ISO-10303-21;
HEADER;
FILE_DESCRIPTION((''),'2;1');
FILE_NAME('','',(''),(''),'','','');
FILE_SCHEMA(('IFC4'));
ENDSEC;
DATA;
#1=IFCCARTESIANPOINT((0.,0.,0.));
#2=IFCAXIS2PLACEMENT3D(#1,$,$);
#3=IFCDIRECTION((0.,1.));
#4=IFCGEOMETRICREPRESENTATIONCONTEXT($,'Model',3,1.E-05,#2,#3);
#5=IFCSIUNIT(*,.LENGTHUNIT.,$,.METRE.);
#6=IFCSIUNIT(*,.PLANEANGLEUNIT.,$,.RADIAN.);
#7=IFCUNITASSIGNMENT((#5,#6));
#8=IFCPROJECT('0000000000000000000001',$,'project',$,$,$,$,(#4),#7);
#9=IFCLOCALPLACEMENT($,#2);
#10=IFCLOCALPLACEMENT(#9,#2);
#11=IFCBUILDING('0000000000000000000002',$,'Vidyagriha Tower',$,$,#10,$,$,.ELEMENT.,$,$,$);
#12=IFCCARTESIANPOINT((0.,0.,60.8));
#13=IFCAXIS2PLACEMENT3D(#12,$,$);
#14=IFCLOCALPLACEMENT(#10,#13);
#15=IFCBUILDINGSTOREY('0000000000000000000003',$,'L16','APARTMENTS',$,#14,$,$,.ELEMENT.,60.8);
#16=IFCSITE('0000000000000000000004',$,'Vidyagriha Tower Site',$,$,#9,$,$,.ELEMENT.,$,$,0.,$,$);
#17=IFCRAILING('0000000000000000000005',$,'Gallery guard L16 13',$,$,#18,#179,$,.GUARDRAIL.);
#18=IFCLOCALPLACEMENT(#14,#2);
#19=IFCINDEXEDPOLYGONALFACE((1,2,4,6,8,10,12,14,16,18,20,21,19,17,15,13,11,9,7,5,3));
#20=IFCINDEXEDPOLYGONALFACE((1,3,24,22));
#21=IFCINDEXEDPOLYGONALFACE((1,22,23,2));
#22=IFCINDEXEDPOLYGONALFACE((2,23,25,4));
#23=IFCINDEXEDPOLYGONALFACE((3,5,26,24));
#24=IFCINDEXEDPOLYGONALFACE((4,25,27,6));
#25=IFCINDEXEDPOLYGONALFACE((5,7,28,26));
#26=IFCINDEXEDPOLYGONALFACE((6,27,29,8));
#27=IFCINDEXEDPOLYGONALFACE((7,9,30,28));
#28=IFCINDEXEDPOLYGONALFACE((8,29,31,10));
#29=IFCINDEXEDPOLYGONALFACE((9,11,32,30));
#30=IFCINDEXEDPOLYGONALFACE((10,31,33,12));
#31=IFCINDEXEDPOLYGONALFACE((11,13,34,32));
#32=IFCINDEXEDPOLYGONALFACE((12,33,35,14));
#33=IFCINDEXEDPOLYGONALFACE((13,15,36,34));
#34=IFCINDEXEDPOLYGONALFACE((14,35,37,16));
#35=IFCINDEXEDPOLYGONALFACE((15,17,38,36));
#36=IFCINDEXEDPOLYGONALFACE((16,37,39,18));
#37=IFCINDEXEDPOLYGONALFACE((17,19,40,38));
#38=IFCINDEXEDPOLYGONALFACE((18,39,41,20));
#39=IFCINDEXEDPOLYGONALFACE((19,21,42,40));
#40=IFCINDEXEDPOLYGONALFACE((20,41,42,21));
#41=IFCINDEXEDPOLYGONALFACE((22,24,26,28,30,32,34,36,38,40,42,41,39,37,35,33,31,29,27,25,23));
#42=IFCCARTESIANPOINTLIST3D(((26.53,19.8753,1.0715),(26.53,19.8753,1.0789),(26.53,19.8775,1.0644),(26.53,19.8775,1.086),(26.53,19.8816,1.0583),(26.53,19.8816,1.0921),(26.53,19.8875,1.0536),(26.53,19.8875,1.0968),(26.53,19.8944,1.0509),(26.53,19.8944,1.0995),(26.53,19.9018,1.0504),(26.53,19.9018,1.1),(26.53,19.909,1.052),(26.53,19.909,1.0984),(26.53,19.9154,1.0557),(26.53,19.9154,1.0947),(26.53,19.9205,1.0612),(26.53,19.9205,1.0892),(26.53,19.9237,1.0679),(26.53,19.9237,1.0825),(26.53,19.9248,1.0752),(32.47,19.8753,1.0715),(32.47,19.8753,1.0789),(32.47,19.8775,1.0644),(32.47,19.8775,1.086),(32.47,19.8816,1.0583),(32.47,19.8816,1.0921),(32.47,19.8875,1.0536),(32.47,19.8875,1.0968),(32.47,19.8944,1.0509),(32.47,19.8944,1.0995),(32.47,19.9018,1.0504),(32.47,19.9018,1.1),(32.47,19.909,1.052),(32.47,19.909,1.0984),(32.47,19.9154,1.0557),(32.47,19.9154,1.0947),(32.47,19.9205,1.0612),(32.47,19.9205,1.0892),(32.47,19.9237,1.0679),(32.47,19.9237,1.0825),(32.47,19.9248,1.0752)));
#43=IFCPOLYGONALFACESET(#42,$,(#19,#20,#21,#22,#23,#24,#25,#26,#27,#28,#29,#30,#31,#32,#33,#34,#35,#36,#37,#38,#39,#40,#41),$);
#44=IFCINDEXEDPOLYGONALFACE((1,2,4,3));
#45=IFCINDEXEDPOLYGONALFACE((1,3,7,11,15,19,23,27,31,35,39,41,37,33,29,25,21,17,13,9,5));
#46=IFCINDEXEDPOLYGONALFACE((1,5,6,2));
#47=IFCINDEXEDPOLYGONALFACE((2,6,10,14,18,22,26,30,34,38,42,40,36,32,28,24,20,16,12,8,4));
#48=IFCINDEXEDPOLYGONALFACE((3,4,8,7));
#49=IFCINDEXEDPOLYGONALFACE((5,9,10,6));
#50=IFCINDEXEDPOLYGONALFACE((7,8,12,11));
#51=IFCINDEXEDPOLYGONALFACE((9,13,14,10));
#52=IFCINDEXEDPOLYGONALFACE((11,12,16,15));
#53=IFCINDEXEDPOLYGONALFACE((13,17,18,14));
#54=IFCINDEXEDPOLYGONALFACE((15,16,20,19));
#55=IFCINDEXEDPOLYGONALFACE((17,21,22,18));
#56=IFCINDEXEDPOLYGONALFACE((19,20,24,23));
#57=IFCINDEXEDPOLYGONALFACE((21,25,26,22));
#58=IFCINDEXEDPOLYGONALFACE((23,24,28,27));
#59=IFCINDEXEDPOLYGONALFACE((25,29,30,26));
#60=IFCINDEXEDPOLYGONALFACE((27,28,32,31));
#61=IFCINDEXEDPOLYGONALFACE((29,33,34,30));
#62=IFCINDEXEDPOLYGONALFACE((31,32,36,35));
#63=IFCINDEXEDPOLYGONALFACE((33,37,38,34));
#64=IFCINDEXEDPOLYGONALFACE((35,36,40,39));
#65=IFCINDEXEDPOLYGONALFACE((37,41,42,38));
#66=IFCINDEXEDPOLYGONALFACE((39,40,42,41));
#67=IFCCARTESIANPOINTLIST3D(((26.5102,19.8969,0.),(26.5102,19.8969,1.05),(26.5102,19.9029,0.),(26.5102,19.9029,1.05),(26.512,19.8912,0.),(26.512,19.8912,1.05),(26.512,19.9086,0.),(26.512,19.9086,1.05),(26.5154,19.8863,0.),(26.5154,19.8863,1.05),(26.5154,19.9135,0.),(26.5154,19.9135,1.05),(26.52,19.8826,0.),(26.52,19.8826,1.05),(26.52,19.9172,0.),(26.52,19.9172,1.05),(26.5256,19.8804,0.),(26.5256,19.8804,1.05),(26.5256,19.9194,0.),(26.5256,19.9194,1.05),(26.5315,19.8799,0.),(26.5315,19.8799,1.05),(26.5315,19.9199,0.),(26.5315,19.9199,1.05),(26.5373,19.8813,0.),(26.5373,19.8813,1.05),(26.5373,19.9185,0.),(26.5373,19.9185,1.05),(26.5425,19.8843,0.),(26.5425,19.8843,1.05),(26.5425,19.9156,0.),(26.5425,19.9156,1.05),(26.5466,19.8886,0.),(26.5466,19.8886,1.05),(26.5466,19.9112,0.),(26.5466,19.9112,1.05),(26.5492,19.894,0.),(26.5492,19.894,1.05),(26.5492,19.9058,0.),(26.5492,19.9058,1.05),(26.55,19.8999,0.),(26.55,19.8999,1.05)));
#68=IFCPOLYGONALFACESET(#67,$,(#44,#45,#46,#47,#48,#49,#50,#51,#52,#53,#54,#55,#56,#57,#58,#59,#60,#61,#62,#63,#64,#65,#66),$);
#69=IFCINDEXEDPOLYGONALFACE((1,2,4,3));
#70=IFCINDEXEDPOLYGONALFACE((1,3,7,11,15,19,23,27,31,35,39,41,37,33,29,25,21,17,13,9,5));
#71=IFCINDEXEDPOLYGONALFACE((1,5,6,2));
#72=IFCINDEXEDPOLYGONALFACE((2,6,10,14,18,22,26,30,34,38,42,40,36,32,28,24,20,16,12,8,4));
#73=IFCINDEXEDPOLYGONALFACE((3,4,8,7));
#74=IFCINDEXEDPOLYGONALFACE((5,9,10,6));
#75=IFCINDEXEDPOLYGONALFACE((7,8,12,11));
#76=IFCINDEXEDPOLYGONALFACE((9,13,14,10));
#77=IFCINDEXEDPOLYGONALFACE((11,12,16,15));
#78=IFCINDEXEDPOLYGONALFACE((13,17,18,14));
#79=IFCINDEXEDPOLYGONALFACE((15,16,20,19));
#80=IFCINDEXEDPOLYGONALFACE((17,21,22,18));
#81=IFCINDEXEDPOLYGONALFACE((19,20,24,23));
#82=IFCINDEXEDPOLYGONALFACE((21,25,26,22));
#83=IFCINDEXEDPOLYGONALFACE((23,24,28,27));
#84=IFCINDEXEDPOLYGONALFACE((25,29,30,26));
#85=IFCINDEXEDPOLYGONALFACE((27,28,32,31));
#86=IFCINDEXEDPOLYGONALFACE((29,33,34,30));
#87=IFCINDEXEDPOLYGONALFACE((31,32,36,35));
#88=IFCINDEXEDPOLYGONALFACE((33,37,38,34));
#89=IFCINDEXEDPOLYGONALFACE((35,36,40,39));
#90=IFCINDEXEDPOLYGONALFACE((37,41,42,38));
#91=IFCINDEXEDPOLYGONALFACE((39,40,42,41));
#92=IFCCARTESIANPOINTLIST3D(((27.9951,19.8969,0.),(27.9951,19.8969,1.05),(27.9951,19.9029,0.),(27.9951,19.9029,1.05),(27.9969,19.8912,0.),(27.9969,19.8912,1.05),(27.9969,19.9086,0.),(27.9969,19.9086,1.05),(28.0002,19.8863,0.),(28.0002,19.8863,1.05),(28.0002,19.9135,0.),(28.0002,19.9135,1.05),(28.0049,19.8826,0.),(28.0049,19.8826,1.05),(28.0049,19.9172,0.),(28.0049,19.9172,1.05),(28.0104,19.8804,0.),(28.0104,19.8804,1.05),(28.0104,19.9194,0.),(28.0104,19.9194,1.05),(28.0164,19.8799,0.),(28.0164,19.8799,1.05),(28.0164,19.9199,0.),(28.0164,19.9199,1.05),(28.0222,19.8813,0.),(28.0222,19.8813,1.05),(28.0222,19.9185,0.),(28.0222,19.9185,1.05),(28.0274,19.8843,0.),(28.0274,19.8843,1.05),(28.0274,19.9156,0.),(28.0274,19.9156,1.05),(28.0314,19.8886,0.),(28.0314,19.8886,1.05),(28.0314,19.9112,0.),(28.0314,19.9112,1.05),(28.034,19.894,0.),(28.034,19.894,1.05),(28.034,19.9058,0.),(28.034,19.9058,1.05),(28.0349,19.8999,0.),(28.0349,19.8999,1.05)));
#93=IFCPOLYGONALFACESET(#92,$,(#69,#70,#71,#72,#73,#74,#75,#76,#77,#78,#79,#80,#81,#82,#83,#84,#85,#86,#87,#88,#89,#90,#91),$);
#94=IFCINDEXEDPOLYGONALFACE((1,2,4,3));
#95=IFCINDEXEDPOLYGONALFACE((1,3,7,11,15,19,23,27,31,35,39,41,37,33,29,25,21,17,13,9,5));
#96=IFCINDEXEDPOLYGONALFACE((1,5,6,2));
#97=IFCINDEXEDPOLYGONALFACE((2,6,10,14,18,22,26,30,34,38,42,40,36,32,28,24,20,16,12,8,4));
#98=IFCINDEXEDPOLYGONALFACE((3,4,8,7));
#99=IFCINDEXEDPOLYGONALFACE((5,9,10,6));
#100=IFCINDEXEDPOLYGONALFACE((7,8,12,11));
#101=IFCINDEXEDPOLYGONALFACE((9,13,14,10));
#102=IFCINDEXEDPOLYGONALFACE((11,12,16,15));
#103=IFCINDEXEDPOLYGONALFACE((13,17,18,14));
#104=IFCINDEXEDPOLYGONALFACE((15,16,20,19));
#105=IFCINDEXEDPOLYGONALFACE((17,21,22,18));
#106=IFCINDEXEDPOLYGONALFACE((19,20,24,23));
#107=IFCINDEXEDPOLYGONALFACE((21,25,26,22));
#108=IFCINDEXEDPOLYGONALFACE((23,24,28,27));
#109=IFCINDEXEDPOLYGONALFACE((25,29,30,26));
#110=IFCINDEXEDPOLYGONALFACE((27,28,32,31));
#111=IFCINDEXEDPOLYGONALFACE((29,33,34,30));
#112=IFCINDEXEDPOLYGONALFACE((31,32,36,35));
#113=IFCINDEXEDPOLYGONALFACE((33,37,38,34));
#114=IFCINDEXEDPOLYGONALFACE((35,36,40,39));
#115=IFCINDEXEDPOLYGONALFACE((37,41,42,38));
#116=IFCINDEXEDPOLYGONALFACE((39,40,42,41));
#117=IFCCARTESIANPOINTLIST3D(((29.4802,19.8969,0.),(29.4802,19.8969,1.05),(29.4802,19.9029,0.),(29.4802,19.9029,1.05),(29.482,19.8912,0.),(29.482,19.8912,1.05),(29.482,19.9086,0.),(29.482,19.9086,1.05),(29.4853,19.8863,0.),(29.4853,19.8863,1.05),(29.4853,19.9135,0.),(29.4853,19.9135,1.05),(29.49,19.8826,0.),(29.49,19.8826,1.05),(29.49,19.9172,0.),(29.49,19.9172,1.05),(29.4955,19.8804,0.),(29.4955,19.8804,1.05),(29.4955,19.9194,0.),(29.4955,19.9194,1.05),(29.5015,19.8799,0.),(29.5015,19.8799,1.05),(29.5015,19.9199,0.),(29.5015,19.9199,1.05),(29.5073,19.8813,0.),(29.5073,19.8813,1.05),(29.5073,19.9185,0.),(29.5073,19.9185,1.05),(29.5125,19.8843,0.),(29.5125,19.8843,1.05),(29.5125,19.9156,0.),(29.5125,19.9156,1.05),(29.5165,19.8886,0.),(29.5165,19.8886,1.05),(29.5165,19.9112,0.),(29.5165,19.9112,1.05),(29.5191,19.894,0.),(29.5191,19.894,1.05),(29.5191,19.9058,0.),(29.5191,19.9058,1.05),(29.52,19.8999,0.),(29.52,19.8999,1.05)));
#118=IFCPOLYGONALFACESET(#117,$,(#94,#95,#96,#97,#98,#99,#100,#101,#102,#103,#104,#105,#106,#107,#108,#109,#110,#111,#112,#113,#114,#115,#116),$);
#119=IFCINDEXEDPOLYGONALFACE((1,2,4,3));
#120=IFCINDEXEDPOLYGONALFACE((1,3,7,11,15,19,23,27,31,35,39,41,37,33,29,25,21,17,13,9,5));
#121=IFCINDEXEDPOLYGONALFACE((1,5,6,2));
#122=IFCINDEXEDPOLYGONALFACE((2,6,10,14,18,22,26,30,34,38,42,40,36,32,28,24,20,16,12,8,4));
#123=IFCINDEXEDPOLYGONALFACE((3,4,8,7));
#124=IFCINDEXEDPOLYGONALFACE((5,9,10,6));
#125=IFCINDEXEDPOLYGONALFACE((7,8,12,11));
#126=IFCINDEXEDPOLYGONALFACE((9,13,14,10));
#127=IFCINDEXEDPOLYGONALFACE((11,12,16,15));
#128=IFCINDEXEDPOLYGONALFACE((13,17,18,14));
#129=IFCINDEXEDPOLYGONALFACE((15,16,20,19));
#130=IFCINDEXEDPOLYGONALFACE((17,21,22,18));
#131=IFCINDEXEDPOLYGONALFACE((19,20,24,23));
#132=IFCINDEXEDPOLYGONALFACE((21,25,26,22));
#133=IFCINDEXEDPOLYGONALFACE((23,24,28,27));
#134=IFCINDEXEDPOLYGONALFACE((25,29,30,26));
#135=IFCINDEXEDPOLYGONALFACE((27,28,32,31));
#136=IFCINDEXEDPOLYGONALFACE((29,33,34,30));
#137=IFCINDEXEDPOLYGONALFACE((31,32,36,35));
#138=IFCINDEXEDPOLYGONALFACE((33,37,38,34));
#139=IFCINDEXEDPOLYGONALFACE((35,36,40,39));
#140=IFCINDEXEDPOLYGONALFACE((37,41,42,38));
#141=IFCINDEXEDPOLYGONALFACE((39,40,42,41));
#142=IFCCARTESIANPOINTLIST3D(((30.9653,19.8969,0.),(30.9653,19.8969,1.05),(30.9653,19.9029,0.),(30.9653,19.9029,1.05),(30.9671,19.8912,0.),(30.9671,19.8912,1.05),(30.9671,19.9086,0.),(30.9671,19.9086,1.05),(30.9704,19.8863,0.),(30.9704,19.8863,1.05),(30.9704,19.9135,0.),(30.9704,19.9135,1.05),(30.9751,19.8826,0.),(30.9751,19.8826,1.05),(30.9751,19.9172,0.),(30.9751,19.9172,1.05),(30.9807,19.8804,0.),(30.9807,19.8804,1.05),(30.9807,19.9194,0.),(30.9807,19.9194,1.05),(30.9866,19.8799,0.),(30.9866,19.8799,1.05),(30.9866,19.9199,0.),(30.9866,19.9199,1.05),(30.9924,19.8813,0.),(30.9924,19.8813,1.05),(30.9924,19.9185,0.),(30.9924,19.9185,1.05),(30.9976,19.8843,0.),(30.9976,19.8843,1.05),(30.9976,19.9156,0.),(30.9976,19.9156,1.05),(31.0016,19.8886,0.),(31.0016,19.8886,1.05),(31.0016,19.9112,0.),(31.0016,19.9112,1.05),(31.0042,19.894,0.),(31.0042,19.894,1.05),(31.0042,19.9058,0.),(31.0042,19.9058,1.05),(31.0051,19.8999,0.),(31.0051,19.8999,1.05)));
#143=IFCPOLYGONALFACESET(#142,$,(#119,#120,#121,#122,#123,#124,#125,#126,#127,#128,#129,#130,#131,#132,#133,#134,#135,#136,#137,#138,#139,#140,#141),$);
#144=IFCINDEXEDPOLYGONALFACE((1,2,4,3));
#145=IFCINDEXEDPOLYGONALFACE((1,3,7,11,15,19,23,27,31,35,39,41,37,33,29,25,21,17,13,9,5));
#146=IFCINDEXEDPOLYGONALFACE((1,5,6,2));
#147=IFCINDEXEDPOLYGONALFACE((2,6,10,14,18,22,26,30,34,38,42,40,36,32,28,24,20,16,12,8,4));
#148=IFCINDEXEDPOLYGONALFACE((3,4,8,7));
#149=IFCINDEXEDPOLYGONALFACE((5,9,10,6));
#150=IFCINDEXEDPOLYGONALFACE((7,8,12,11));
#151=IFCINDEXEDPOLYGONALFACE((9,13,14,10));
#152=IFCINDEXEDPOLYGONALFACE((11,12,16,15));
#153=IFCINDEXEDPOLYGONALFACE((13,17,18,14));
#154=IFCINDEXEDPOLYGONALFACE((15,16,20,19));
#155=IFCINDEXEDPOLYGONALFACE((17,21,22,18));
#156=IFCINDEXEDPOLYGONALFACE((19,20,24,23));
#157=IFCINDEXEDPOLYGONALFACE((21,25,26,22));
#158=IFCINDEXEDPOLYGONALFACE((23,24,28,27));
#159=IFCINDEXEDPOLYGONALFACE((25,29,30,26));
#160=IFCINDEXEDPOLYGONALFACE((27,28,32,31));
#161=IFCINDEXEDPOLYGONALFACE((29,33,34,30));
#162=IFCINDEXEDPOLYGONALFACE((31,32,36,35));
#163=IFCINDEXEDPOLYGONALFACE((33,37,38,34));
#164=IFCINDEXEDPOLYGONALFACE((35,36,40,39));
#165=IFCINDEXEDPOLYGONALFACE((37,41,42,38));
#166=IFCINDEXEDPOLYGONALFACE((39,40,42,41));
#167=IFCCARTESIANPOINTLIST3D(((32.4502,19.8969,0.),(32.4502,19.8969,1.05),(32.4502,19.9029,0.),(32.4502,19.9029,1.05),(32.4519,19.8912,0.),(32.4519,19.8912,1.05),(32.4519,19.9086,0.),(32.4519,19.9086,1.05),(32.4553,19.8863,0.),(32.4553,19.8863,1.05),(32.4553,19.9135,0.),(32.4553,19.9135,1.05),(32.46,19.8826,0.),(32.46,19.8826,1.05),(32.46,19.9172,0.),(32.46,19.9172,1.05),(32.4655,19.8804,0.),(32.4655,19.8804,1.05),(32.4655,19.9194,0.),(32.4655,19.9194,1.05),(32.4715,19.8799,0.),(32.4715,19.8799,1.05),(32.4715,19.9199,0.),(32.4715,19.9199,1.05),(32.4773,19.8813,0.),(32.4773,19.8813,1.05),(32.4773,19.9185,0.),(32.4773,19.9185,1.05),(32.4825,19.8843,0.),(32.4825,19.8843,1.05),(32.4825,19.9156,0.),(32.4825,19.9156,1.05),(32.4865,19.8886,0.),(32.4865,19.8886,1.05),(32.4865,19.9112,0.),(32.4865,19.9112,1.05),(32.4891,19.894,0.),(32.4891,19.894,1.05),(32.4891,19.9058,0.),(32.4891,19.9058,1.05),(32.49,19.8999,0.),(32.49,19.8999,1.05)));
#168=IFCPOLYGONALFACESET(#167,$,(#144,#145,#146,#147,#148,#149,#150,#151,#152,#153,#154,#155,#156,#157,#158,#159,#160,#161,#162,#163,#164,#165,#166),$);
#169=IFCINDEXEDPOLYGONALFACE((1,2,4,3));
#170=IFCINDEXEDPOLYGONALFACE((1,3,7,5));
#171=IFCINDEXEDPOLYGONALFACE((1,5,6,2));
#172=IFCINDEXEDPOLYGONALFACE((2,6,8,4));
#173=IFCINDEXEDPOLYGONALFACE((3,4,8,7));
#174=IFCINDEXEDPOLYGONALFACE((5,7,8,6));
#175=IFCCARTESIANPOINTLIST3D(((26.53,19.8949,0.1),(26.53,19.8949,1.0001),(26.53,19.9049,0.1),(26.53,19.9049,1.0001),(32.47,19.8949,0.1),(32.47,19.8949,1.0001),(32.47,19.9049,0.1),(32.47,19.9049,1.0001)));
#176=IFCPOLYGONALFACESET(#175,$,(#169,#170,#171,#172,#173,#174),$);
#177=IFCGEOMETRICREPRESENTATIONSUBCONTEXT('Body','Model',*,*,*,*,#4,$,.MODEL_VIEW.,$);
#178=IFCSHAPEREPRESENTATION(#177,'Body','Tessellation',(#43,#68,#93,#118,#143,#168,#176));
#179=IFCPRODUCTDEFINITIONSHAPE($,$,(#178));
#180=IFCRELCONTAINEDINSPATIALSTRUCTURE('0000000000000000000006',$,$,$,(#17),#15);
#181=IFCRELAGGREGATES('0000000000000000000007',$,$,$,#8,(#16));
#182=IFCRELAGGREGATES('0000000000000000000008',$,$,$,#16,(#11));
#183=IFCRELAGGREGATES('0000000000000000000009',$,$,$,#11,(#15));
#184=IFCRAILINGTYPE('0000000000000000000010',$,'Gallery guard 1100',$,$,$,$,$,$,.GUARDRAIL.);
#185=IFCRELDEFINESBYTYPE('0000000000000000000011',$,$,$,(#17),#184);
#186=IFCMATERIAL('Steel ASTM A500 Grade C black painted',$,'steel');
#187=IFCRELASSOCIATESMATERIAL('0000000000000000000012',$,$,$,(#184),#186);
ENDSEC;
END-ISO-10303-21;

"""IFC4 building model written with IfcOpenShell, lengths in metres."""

from ifc_helpers import new_model, si_unit, direction, frame, origin, origin_2d, place, context, subcontext, project, spatial, rectangle, circle, extrude, material, type_object, element, save


model = new_model("IFC4")

# Units and contexts
model_context = context("Model", 3, precision=1e-05, world=origin(), true_north=direction((0.0, 1.0)))
body_context = subcontext(model_context, "Body", "Model", "MODEL_VIEW")
ifc_project = project(units=[si_unit("LENGTHUNIT", "METRE"), si_unit("PLANEANGLEUNIT", "RADIAN")], contexts=[model_context])

# Site, building, storey
site_placement = place(None, origin())
site = spatial("IfcSite", under=ifc_project, at=site_placement, Name="Vidyagriha Tower Site", CompositionType="ELEMENT", RefElevation=0.0)
building_placement = place(site_placement, origin())
building = spatial("IfcBuilding", under=site, at=building_placement, Name="Vidyagriha Tower", CompositionType="ELEMENT")
storey_placement = place(building_placement, frame((0.0, 0.0, 60.8)))
storey = spatial("IfcBuildingStorey", under=building, at=storey_placement, Name="L16", Description="APARTMENTS", CompositionType="ELEMENT", Elevation=60.8)

# Railing
ifc_material_1 = material(Name="Steel ASTM A500 Grade C black painted", Category="steel")
railing_type = type_object("IfcRailingType", Name="Gallery guard 1100", PredefinedType="GUARDRAIL", material=ifc_material_1)
railing_1_placement = place(storey_placement, frame((26.53, 19.8999, 0.0)))
element("IfcRailing", 1, at=railing_1_placement, inside=storey, type_object=railing_type, Name="Gallery guard L16 13", PredefinedType="GUARDRAIL", context=body_context, shape_type="SweptSolid", body=[
    extrude(circle(Radius=0.0249, at=origin_2d()), frame((0.0, 0.0, 1.0752), z_axis=(1.0, 0.0, 0.0), x_axis=(0.0, 1.0, 0.0)), (0.0, 0.0, 1.0), 5.9399),
    extrude(circle(Radius=0.02, at=origin_2d()), origin(), (0.0, 0.0, 1.0), 1.05),
    extrude(circle(Radius=0.02, at=origin_2d()), frame((1.4849, 0.0, 0.0)), (0.0, 0.0, 1.0), 1.05),
    extrude(circle(Radius=0.02, at=origin_2d()), frame((2.97, 0.0, 0.0)), (0.0, 0.0, 1.0), 1.05),
    extrude(circle(Radius=0.02, at=origin_2d()), frame((4.4551, 0.0, 0.0)), (0.0, 0.0, 1.0), 1.05),
    extrude(circle(Radius=0.02, at=origin_2d()), frame((5.9399, 0.0, 0.0)), (0.0, 0.0, 1.0), 1.05),
    extrude(rectangle(XDim=0.01, YDim=0.9001, at=origin_2d()), frame((0.0, 0.0, 0.55), z_axis=(1.0, 0.0, 0.0), x_axis=(0.0, 1.0, 0.0)), (0.0, 0.0, 1.0), 5.9399),
])

save(model, "model.ifc")
